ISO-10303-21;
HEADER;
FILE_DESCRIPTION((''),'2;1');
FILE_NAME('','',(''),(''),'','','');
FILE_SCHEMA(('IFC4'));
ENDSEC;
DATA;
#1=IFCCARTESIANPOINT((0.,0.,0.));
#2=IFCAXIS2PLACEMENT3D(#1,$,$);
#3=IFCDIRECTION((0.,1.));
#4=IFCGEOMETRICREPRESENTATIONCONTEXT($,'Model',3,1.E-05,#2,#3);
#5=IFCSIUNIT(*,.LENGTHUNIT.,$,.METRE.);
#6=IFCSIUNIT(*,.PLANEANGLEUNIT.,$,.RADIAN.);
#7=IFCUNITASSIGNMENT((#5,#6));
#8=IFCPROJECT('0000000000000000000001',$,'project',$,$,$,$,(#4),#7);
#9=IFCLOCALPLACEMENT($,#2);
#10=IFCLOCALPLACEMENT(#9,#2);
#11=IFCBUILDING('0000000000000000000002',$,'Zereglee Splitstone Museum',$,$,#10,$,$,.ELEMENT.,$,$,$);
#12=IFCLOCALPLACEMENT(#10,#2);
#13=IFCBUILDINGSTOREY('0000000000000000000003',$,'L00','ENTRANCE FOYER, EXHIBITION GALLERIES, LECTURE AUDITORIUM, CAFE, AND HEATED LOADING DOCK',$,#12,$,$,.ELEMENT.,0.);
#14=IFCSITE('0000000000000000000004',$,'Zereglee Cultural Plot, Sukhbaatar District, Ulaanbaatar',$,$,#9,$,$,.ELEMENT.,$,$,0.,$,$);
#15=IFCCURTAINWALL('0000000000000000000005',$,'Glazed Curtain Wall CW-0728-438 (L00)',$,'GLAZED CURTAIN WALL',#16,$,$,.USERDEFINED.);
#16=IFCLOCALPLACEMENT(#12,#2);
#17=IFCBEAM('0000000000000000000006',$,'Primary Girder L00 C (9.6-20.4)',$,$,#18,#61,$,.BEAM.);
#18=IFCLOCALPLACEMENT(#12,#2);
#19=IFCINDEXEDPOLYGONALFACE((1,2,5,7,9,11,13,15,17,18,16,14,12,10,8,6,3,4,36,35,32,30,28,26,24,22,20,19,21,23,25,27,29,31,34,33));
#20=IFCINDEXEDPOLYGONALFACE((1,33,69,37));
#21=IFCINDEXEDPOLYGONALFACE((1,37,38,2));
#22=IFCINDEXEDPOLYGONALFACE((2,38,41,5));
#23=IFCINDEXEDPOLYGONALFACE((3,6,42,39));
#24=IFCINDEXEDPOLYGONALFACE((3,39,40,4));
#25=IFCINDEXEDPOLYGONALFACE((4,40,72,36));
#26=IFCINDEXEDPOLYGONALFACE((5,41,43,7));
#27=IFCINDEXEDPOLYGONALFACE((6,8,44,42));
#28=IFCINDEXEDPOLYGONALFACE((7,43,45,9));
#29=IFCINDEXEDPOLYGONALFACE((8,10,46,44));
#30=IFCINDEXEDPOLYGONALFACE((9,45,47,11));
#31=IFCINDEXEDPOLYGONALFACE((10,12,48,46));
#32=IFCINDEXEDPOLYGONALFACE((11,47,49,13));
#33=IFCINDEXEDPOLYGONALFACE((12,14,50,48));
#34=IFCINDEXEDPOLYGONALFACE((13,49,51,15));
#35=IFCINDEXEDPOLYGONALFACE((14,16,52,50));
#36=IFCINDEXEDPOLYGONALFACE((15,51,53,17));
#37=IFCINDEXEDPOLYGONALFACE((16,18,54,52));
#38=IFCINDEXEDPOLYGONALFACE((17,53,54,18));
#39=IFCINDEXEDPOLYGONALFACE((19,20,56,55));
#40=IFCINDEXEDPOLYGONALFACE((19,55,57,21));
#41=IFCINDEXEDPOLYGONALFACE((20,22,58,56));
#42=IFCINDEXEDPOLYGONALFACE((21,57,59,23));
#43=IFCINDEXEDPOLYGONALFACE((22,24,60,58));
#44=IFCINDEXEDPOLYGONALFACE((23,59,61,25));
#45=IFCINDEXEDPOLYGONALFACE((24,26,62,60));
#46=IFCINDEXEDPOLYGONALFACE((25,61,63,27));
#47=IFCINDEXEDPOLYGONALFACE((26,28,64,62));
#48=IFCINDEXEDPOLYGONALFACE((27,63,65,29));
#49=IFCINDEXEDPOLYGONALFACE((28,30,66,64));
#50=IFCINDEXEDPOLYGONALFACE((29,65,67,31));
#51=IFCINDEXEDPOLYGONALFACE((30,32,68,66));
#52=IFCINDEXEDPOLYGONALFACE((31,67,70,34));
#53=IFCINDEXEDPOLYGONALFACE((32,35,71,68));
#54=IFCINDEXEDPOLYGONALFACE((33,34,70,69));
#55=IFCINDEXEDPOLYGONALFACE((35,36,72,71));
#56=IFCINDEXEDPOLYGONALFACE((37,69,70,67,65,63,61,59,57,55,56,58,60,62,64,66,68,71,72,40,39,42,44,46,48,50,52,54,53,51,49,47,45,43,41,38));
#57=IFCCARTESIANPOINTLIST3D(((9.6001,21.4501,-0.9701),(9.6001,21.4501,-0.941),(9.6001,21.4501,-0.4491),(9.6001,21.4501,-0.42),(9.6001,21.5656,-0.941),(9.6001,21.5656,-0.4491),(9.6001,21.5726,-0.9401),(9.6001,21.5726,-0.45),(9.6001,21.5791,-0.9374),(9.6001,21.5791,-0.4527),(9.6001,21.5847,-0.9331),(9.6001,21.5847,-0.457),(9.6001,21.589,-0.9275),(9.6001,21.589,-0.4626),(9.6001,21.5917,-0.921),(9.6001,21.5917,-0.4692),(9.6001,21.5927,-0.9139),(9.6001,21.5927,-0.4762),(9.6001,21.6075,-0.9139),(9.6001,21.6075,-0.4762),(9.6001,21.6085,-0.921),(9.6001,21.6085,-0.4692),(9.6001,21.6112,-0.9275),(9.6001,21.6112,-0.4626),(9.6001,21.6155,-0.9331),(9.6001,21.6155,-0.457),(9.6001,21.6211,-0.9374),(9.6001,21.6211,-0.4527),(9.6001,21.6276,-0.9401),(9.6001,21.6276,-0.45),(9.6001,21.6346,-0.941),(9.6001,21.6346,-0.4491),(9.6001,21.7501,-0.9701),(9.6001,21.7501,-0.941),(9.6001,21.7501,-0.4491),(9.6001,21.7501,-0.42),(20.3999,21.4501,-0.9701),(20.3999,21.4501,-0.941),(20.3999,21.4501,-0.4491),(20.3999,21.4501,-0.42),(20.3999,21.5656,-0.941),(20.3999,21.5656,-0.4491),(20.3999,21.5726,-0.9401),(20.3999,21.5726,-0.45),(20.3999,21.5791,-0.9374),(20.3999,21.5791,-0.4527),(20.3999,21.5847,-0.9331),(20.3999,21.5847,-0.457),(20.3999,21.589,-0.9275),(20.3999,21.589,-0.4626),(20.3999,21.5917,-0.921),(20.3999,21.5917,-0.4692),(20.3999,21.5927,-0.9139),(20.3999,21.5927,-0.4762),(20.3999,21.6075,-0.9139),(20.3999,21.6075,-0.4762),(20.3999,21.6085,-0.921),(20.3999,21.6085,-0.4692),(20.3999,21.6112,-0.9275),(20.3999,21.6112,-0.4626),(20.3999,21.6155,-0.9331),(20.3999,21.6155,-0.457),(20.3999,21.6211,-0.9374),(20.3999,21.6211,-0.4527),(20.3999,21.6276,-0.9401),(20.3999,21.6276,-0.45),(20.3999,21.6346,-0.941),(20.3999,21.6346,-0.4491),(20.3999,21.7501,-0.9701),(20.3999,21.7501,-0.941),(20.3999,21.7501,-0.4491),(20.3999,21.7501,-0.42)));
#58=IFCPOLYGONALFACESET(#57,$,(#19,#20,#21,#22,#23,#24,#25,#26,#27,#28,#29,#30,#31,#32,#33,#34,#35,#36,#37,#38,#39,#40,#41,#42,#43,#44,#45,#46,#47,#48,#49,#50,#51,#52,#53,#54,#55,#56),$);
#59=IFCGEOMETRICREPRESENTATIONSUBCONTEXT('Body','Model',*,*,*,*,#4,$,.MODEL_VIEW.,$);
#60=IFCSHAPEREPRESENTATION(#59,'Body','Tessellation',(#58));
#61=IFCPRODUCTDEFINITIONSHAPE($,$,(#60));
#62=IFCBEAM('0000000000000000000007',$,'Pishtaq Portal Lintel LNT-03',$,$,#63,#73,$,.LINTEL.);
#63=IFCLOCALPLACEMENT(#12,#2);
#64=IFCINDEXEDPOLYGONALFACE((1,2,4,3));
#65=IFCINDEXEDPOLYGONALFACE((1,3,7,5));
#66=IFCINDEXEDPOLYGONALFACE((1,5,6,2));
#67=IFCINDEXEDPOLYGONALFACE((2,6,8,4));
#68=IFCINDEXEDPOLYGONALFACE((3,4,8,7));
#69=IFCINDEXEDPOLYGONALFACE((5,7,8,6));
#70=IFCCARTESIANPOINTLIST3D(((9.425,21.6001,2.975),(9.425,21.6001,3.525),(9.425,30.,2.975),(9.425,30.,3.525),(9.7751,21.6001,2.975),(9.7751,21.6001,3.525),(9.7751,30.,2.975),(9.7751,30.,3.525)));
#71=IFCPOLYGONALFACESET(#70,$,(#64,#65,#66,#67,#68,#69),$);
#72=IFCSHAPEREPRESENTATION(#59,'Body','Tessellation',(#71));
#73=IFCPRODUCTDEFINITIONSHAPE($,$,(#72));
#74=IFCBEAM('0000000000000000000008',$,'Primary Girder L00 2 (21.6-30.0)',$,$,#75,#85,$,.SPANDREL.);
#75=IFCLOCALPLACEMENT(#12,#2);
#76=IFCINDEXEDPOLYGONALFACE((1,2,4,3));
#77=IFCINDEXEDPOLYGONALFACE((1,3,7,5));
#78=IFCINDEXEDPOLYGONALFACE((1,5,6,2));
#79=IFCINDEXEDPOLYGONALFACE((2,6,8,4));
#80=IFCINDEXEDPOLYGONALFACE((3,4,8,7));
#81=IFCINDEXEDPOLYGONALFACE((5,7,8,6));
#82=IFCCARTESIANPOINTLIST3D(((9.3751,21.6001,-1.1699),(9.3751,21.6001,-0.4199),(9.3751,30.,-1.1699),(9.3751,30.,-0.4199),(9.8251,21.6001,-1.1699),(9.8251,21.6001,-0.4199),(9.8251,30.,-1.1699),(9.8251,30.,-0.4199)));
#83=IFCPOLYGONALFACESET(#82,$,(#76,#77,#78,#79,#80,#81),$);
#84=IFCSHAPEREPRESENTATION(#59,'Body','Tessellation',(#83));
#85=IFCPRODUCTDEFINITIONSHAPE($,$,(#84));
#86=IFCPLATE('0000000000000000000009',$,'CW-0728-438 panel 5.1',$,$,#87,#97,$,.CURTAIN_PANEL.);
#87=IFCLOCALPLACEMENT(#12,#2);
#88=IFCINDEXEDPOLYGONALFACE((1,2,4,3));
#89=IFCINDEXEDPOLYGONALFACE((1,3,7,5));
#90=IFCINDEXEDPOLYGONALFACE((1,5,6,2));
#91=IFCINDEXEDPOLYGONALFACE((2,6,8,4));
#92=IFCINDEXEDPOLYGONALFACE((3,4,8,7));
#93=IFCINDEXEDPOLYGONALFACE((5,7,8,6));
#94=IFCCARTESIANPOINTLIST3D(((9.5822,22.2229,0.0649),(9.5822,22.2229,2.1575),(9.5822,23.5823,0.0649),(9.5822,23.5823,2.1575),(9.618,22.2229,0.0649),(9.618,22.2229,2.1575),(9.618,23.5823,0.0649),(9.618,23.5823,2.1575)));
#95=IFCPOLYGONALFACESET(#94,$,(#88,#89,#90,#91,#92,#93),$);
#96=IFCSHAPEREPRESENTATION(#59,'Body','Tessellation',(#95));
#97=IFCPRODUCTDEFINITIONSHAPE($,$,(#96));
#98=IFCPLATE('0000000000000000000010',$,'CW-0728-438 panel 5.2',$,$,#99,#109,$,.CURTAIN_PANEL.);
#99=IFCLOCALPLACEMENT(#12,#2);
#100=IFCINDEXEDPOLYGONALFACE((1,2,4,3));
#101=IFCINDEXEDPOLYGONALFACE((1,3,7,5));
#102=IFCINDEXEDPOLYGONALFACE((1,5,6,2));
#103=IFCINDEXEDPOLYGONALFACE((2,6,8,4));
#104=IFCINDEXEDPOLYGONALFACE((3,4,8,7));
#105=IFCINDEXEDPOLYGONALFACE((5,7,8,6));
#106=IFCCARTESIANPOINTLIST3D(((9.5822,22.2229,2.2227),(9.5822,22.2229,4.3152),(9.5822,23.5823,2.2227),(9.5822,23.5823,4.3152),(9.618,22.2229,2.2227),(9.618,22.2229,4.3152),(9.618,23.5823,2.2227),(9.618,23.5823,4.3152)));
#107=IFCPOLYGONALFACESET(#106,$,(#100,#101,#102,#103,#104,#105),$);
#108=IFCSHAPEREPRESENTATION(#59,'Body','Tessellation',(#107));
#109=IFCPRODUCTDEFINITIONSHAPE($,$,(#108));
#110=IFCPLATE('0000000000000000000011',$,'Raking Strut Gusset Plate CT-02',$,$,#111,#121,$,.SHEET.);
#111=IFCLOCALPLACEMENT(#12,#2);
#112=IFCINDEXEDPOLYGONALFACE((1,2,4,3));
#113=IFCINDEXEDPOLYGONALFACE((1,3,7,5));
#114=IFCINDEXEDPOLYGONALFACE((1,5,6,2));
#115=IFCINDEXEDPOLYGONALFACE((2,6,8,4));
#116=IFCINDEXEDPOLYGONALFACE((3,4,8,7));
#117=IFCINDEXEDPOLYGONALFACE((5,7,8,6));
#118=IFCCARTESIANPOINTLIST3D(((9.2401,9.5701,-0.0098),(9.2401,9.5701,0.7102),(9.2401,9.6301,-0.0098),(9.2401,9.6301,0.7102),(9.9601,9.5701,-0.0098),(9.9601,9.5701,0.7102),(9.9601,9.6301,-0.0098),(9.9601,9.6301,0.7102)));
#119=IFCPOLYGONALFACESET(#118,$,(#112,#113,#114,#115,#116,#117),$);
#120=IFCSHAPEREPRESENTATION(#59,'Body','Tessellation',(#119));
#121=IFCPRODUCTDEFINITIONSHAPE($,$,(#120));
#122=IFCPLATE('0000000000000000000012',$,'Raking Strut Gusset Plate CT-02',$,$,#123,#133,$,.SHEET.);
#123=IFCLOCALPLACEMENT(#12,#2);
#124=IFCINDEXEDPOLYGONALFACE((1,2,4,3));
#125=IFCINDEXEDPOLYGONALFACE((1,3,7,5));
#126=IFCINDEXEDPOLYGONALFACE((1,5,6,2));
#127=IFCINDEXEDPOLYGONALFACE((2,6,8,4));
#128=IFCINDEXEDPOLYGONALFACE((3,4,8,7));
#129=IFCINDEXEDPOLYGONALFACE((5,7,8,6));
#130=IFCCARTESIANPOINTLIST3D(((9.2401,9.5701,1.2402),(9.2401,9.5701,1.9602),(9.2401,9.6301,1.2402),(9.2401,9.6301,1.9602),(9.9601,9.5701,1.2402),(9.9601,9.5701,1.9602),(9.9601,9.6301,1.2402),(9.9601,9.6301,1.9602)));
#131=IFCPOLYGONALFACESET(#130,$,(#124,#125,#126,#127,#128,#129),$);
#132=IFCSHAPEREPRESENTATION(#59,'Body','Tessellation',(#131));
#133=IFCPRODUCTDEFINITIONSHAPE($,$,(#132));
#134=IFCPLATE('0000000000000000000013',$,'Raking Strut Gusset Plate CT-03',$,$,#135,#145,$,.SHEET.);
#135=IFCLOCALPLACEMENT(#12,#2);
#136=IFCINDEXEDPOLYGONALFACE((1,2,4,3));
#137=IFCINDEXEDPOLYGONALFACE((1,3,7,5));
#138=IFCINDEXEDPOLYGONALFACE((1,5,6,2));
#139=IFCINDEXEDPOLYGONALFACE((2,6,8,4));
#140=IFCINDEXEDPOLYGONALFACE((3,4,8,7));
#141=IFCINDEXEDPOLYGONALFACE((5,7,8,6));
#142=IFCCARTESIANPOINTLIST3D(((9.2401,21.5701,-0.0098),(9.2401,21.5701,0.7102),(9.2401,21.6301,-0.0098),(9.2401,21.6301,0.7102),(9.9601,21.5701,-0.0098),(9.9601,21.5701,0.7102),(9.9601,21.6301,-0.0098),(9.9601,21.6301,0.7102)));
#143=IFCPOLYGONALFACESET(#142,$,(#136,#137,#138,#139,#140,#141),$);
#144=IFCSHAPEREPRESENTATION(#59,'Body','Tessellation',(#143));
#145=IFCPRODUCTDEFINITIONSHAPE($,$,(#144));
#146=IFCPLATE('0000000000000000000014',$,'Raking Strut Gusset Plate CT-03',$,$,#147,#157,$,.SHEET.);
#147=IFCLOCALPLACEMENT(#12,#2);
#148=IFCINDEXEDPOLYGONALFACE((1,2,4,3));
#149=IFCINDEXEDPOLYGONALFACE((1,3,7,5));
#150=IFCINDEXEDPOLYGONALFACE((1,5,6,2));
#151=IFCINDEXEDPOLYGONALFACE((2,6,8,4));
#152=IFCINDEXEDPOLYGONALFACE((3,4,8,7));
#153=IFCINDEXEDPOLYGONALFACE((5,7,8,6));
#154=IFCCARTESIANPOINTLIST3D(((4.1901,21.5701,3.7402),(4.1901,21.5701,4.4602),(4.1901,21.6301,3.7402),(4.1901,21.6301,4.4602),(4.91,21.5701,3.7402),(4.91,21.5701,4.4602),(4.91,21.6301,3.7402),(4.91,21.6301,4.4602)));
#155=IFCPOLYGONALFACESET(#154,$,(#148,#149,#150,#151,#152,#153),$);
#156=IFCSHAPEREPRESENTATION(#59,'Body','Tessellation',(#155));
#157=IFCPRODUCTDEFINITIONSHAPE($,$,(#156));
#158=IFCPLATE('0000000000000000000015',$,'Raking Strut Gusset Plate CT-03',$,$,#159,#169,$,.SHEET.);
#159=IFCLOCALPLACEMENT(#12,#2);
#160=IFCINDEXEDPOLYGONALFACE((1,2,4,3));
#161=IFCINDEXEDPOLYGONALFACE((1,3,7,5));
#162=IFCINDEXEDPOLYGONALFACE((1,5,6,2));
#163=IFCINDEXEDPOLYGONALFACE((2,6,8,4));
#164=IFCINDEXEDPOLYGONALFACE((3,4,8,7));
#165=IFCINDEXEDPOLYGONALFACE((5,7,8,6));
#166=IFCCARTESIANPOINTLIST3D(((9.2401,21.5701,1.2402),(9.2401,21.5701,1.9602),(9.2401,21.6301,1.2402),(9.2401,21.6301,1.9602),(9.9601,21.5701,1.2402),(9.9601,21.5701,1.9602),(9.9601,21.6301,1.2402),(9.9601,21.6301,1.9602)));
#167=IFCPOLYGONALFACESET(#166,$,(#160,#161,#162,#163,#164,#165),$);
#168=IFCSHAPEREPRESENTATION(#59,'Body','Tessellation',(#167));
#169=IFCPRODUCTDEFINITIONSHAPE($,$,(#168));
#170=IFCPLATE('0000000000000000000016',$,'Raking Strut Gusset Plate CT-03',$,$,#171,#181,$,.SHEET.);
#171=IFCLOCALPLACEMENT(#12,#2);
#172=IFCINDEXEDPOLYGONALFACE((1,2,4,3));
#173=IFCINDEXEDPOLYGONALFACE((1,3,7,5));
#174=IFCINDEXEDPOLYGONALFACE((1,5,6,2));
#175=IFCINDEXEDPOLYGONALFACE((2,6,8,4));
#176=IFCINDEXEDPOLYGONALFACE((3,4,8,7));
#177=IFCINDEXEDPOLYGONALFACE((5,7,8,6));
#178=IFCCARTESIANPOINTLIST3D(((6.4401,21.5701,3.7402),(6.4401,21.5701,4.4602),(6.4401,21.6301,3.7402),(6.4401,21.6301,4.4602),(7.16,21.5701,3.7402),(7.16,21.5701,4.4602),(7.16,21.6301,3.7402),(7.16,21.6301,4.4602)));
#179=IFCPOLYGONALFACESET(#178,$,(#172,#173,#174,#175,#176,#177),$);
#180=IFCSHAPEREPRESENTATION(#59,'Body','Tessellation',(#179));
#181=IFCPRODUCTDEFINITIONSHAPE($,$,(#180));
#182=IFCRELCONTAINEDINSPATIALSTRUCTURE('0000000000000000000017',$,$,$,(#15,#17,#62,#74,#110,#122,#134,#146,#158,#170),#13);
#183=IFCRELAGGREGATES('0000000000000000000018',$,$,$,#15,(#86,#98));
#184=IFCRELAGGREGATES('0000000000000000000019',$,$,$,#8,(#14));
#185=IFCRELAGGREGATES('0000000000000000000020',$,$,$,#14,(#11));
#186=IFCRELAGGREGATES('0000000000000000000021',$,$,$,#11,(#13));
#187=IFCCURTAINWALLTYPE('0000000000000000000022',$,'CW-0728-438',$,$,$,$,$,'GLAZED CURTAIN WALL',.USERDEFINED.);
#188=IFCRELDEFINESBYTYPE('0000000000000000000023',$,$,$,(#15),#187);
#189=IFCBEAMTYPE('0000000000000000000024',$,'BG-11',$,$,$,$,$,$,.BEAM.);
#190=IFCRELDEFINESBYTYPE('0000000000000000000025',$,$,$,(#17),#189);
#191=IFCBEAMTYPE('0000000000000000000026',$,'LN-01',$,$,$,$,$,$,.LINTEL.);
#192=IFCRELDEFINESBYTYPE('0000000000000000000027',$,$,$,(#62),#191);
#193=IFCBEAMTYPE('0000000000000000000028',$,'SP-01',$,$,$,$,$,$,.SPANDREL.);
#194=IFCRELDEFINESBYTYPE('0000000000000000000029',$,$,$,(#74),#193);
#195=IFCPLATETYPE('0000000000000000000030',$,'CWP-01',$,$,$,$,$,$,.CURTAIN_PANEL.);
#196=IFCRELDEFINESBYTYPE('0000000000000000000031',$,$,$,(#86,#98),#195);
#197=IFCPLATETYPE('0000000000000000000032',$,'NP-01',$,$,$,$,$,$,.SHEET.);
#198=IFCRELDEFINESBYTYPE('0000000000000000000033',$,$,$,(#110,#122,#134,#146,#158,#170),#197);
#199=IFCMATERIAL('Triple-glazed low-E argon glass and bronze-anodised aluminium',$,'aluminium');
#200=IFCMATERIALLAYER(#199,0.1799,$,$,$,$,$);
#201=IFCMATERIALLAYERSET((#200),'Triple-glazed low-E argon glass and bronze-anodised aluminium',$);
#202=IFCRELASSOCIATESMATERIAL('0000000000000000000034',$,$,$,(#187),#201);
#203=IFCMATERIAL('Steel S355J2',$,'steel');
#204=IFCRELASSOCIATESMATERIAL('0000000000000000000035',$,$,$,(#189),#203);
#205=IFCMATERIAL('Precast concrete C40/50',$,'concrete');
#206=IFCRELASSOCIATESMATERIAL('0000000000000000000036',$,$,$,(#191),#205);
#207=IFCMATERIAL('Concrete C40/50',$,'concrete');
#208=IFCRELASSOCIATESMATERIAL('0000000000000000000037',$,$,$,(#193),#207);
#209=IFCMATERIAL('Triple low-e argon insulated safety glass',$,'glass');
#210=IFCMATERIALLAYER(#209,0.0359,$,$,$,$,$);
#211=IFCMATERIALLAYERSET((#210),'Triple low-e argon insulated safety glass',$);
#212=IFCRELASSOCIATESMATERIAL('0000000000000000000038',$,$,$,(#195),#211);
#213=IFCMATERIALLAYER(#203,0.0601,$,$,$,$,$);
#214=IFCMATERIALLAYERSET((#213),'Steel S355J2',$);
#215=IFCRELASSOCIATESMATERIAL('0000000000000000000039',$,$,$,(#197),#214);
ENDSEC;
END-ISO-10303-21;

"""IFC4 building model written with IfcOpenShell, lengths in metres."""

from ifc_helpers import new_model, si_unit, direction, frame, origin, origin_2d, place, context, subcontext, project, spatial, rectangle, i_section, extrude, material, layer, layer_set, material_profile, profile_set, type_object, element, aggregate, save


model = new_model("IFC4")

# Units and contexts
model_context = context("Model", 3, precision=1e-05, world=origin(), true_north=direction((0.0, 1.0)))
body_context = subcontext(model_context, "Body", "Model", "MODEL_VIEW")
ifc_project = project(units=[si_unit("LENGTHUNIT", "METRE"), si_unit("PLANEANGLEUNIT", "RADIAN")], contexts=[model_context])

# Site, building, storey
site_placement = place(None, origin())
site = spatial("IfcSite", under=ifc_project, at=site_placement, Name="Zereglee Cultural Plot, Sukhbaatar District, Ulaanbaatar", CompositionType="ELEMENT", RefElevation=0.0)
building_placement = place(site_placement, origin())
building = spatial("IfcBuilding", under=site, at=building_placement, Name="Zereglee Splitstone Museum", CompositionType="ELEMENT")
storey_placement = place(building_placement, origin())
storey = spatial("IfcBuildingStorey", under=building, at=storey_placement, Name="L00", Description="ENTRANCE FOYER, EXHIBITION GALLERIES, LECTURE AUDITORIUM, CAFE, AND HEATED LOADING DOCK", CompositionType="ELEMENT", Elevation=0.0)

# Shared definitions
ifc_material_1 = material(Name="Steel S355J2", Category="steel")

# Curtain wall
ifc_material_2 = material(Name="Triple-glazed low-E argon glass and bronze-anodised aluminium", Category="aluminium")
ifc_layer_1 = layer(ifc_material_2, 0.1799)
ifc_layer_set_1 = layer_set([ifc_layer_1], Name="Triple-glazed low-E argon glass and bronze-anodised aluminium")
curtain_wall_type = type_object("IfcCurtainWallType", Name="CW-0728-438", ElementType="GLAZED CURTAIN WALL", PredefinedType="USERDEFINED", material=ifc_layer_set_1)
curtain_wall_placement = place(storey_placement, origin())
curtain_wall = element("IfcCurtainWall", 1, at=curtain_wall_placement, inside=storey, type_object=curtain_wall_type, Name="Glazed Curtain Wall CW-0728-438 (L00)", ObjectType="GLAZED CURTAIN WALL", PredefinedType="USERDEFINED")

# Beams
ifc_material_profile_1 = material_profile(ifc_material_1, i_section(OverallWidth=0.3, OverallDepth=0.55, WebThickness=0.0149, FlangeThickness=0.0291, FilletRadius=0.0271, at=origin_2d()), Name="HE 550 B")
ifc_profile_set_1 = profile_set([ifc_material_profile_1], Name="Steel S355J2")
beam_type_1 = type_object("IfcBeamType", Name="BG-11", PredefinedType="BEAM", material=ifc_profile_set_1)
beam_1_placement = place(storey_placement, frame((9.6001, 21.6001, -0.6951), z_axis=(1.0, 0.0, 0.0), x_axis=(0.0, 1.0, 0.0)))
element("IfcBeam", 2, at=beam_1_placement, inside=storey, type_object=beam_type_1, Name="Primary Girder L00 C (9.6-20.4)", PredefinedType="BEAM", context=body_context, shape_type="SweptSolid", body=[
    extrude(i_section(OverallWidth=0.3, OverallDepth=0.55, WebThickness=0.0149, FlangeThickness=0.0291, FilletRadius=0.0271, at=origin_2d()), origin(), (0.0, 0.0, 1.0), 10.7998),
])
ifc_material_3 = material(Name="Precast concrete C40/50", Category="concrete")
ifc_material_profile_2 = material_profile(ifc_material_3, rectangle(XDim=0.3501, YDim=0.55, at=origin_2d()), Name="RC 350x550")
ifc_profile_set_2 = profile_set([ifc_material_profile_2], Name="Precast concrete C40/50")
beam_type_2 = type_object("IfcBeamType", Name="LN-01", PredefinedType="LINTEL", material=ifc_profile_set_2)
beam_2_placement = place(storey_placement, frame((9.6001, 21.6001, 3.25), z_axis=(0.0, 1.0, 0.0), x_axis=(-1.0, 0.0, 0.0)))
element("IfcBeam", 3, at=beam_2_placement, inside=storey, type_object=beam_type_2, Name="Pishtaq Portal Lintel LNT-03", PredefinedType="LINTEL", context=body_context, shape_type="SweptSolid", body=[
    extrude(rectangle(XDim=0.3501, YDim=0.55, at=origin_2d()), origin(), (0.0, 0.0, 1.0), 8.3999),
])
ifc_material_4 = material(Name="Concrete C40/50", Category="concrete")
ifc_material_profile_3 = material_profile(ifc_material_4, rectangle(XDim=0.45, YDim=0.75, at=origin_2d()), Name="RC 450x750")
ifc_profile_set_3 = profile_set([ifc_material_profile_3], Name="Concrete C40/50")
beam_type_3 = type_object("IfcBeamType", Name="SP-01", PredefinedType="SPANDREL", material=ifc_profile_set_3)
beam_3_placement = place(storey_placement, frame((9.6001, 21.6001, -0.7949), z_axis=(0.0, 1.0, 0.0), x_axis=(-1.0, 0.0, 0.0)))
element("IfcBeam", 4, at=beam_3_placement, inside=storey, type_object=beam_type_3, Name="Primary Girder L00 2 (21.6-30.0)", PredefinedType="SPANDREL", context=body_context, shape_type="SweptSolid", body=[
    extrude(rectangle(XDim=0.45, YDim=0.75, at=origin_2d()), origin(), (0.0, 0.0, 1.0), 8.3999),
])

# Plates
ifc_material_5 = material(Name="Triple low-e argon insulated safety glass", Category="glass")
ifc_layer_2 = layer(ifc_material_5, 0.0359)
ifc_layer_set_2 = layer_set([ifc_layer_2], Name="Triple low-e argon insulated safety glass")
plate_type_1 = type_object("IfcPlateType", Name="CWP-01", PredefinedType="CURTAIN_PANEL", material=ifc_layer_set_2)
plate_1_placement = place(storey_placement, frame((9.6001, 22.9026, 0.0649), z_axis=(0.0, 0.0, 1.0), x_axis=(0.0, -1.0, 0.0)))
plate_1 = element("IfcPlate", 5, at=plate_1_placement, type_object=plate_type_1, Name="CW-0728-438 panel 5.1", PredefinedType="CURTAIN_PANEL", context=body_context, shape_type="SweptSolid", body=[
    extrude(rectangle(XDim=1.3594, YDim=0.0359, at=origin_2d()), origin(), (0.0, 0.0, 1.0), 2.0925),
])
plate_2_placement = place(storey_placement, frame((9.6001, 22.9026, 2.2227), z_axis=(0.0, 0.0, 1.0), x_axis=(0.0, -1.0, 0.0)))
plate_2 = element("IfcPlate", 6, at=plate_2_placement, type_object=plate_type_1, Name="CW-0728-438 panel 5.2", PredefinedType="CURTAIN_PANEL", context=body_context, shape_type="SweptSolid", body=[
    extrude(rectangle(XDim=1.3594, YDim=0.0359, at=origin_2d()), origin(), (0.0, 0.0, 1.0), 2.0925),
])
aggregate(curtain_wall, [plate_1, plate_2])

# Plates
ifc_layer_3 = layer(ifc_material_1, 0.0601)
ifc_layer_set_3 = layer_set([ifc_layer_3], Name="Steel S355J2")
plate_type_2 = type_object("IfcPlateType", Name="NP-01", PredefinedType="SHEET", material=ifc_layer_set_3)
for number, where, z_axis, x_axis, name in (
    (7, (9.6001, 9.6001, -0.0098), (0.0, 0.0, 1.0), (1.0, 0.0, 0.0), "Raking Strut Gusset Plate CT-02"),
    (8, (9.6001, 9.6001, 1.2402), (0.0, 0.0, 1.0), (1.0, 0.0, 0.0), "Raking Strut Gusset Plate CT-02"),
    (9, (9.6001, 21.6001, -0.0098), (0.0, 0.0, 1.0), (1.0, 0.0, 0.0), "Raking Strut Gusset Plate CT-03"),
    (10, (4.55, 21.6001, 3.7402), (0.0, 0.0, 1.0), (1.0, 0.0, 0.0), "Raking Strut Gusset Plate CT-03"),
    (11, (9.6001, 21.6001, 1.2402), (0.0, 0.0, 1.0), (1.0, 0.0, 0.0), "Raking Strut Gusset Plate CT-03"),
    (12, (6.8, 21.6001, 3.7402), (0.0, 0.0, 1.0), (1.0, 0.0, 0.0), "Raking Strut Gusset Plate CT-03"),
):
    element("IfcPlate", number, at=place(storey_placement, frame(where, z_axis=z_axis, x_axis=x_axis)), inside=storey, type_object=plate_type_2, Name=name, PredefinedType="SHEET", context=body_context, shape_type="SweptSolid", body=[
        extrude(rectangle(XDim=0.72, YDim=0.0601, at=origin_2d()), origin(), (0.0, 0.0, 1.0), 0.72),
    ])

save(model, "model.ifc")
